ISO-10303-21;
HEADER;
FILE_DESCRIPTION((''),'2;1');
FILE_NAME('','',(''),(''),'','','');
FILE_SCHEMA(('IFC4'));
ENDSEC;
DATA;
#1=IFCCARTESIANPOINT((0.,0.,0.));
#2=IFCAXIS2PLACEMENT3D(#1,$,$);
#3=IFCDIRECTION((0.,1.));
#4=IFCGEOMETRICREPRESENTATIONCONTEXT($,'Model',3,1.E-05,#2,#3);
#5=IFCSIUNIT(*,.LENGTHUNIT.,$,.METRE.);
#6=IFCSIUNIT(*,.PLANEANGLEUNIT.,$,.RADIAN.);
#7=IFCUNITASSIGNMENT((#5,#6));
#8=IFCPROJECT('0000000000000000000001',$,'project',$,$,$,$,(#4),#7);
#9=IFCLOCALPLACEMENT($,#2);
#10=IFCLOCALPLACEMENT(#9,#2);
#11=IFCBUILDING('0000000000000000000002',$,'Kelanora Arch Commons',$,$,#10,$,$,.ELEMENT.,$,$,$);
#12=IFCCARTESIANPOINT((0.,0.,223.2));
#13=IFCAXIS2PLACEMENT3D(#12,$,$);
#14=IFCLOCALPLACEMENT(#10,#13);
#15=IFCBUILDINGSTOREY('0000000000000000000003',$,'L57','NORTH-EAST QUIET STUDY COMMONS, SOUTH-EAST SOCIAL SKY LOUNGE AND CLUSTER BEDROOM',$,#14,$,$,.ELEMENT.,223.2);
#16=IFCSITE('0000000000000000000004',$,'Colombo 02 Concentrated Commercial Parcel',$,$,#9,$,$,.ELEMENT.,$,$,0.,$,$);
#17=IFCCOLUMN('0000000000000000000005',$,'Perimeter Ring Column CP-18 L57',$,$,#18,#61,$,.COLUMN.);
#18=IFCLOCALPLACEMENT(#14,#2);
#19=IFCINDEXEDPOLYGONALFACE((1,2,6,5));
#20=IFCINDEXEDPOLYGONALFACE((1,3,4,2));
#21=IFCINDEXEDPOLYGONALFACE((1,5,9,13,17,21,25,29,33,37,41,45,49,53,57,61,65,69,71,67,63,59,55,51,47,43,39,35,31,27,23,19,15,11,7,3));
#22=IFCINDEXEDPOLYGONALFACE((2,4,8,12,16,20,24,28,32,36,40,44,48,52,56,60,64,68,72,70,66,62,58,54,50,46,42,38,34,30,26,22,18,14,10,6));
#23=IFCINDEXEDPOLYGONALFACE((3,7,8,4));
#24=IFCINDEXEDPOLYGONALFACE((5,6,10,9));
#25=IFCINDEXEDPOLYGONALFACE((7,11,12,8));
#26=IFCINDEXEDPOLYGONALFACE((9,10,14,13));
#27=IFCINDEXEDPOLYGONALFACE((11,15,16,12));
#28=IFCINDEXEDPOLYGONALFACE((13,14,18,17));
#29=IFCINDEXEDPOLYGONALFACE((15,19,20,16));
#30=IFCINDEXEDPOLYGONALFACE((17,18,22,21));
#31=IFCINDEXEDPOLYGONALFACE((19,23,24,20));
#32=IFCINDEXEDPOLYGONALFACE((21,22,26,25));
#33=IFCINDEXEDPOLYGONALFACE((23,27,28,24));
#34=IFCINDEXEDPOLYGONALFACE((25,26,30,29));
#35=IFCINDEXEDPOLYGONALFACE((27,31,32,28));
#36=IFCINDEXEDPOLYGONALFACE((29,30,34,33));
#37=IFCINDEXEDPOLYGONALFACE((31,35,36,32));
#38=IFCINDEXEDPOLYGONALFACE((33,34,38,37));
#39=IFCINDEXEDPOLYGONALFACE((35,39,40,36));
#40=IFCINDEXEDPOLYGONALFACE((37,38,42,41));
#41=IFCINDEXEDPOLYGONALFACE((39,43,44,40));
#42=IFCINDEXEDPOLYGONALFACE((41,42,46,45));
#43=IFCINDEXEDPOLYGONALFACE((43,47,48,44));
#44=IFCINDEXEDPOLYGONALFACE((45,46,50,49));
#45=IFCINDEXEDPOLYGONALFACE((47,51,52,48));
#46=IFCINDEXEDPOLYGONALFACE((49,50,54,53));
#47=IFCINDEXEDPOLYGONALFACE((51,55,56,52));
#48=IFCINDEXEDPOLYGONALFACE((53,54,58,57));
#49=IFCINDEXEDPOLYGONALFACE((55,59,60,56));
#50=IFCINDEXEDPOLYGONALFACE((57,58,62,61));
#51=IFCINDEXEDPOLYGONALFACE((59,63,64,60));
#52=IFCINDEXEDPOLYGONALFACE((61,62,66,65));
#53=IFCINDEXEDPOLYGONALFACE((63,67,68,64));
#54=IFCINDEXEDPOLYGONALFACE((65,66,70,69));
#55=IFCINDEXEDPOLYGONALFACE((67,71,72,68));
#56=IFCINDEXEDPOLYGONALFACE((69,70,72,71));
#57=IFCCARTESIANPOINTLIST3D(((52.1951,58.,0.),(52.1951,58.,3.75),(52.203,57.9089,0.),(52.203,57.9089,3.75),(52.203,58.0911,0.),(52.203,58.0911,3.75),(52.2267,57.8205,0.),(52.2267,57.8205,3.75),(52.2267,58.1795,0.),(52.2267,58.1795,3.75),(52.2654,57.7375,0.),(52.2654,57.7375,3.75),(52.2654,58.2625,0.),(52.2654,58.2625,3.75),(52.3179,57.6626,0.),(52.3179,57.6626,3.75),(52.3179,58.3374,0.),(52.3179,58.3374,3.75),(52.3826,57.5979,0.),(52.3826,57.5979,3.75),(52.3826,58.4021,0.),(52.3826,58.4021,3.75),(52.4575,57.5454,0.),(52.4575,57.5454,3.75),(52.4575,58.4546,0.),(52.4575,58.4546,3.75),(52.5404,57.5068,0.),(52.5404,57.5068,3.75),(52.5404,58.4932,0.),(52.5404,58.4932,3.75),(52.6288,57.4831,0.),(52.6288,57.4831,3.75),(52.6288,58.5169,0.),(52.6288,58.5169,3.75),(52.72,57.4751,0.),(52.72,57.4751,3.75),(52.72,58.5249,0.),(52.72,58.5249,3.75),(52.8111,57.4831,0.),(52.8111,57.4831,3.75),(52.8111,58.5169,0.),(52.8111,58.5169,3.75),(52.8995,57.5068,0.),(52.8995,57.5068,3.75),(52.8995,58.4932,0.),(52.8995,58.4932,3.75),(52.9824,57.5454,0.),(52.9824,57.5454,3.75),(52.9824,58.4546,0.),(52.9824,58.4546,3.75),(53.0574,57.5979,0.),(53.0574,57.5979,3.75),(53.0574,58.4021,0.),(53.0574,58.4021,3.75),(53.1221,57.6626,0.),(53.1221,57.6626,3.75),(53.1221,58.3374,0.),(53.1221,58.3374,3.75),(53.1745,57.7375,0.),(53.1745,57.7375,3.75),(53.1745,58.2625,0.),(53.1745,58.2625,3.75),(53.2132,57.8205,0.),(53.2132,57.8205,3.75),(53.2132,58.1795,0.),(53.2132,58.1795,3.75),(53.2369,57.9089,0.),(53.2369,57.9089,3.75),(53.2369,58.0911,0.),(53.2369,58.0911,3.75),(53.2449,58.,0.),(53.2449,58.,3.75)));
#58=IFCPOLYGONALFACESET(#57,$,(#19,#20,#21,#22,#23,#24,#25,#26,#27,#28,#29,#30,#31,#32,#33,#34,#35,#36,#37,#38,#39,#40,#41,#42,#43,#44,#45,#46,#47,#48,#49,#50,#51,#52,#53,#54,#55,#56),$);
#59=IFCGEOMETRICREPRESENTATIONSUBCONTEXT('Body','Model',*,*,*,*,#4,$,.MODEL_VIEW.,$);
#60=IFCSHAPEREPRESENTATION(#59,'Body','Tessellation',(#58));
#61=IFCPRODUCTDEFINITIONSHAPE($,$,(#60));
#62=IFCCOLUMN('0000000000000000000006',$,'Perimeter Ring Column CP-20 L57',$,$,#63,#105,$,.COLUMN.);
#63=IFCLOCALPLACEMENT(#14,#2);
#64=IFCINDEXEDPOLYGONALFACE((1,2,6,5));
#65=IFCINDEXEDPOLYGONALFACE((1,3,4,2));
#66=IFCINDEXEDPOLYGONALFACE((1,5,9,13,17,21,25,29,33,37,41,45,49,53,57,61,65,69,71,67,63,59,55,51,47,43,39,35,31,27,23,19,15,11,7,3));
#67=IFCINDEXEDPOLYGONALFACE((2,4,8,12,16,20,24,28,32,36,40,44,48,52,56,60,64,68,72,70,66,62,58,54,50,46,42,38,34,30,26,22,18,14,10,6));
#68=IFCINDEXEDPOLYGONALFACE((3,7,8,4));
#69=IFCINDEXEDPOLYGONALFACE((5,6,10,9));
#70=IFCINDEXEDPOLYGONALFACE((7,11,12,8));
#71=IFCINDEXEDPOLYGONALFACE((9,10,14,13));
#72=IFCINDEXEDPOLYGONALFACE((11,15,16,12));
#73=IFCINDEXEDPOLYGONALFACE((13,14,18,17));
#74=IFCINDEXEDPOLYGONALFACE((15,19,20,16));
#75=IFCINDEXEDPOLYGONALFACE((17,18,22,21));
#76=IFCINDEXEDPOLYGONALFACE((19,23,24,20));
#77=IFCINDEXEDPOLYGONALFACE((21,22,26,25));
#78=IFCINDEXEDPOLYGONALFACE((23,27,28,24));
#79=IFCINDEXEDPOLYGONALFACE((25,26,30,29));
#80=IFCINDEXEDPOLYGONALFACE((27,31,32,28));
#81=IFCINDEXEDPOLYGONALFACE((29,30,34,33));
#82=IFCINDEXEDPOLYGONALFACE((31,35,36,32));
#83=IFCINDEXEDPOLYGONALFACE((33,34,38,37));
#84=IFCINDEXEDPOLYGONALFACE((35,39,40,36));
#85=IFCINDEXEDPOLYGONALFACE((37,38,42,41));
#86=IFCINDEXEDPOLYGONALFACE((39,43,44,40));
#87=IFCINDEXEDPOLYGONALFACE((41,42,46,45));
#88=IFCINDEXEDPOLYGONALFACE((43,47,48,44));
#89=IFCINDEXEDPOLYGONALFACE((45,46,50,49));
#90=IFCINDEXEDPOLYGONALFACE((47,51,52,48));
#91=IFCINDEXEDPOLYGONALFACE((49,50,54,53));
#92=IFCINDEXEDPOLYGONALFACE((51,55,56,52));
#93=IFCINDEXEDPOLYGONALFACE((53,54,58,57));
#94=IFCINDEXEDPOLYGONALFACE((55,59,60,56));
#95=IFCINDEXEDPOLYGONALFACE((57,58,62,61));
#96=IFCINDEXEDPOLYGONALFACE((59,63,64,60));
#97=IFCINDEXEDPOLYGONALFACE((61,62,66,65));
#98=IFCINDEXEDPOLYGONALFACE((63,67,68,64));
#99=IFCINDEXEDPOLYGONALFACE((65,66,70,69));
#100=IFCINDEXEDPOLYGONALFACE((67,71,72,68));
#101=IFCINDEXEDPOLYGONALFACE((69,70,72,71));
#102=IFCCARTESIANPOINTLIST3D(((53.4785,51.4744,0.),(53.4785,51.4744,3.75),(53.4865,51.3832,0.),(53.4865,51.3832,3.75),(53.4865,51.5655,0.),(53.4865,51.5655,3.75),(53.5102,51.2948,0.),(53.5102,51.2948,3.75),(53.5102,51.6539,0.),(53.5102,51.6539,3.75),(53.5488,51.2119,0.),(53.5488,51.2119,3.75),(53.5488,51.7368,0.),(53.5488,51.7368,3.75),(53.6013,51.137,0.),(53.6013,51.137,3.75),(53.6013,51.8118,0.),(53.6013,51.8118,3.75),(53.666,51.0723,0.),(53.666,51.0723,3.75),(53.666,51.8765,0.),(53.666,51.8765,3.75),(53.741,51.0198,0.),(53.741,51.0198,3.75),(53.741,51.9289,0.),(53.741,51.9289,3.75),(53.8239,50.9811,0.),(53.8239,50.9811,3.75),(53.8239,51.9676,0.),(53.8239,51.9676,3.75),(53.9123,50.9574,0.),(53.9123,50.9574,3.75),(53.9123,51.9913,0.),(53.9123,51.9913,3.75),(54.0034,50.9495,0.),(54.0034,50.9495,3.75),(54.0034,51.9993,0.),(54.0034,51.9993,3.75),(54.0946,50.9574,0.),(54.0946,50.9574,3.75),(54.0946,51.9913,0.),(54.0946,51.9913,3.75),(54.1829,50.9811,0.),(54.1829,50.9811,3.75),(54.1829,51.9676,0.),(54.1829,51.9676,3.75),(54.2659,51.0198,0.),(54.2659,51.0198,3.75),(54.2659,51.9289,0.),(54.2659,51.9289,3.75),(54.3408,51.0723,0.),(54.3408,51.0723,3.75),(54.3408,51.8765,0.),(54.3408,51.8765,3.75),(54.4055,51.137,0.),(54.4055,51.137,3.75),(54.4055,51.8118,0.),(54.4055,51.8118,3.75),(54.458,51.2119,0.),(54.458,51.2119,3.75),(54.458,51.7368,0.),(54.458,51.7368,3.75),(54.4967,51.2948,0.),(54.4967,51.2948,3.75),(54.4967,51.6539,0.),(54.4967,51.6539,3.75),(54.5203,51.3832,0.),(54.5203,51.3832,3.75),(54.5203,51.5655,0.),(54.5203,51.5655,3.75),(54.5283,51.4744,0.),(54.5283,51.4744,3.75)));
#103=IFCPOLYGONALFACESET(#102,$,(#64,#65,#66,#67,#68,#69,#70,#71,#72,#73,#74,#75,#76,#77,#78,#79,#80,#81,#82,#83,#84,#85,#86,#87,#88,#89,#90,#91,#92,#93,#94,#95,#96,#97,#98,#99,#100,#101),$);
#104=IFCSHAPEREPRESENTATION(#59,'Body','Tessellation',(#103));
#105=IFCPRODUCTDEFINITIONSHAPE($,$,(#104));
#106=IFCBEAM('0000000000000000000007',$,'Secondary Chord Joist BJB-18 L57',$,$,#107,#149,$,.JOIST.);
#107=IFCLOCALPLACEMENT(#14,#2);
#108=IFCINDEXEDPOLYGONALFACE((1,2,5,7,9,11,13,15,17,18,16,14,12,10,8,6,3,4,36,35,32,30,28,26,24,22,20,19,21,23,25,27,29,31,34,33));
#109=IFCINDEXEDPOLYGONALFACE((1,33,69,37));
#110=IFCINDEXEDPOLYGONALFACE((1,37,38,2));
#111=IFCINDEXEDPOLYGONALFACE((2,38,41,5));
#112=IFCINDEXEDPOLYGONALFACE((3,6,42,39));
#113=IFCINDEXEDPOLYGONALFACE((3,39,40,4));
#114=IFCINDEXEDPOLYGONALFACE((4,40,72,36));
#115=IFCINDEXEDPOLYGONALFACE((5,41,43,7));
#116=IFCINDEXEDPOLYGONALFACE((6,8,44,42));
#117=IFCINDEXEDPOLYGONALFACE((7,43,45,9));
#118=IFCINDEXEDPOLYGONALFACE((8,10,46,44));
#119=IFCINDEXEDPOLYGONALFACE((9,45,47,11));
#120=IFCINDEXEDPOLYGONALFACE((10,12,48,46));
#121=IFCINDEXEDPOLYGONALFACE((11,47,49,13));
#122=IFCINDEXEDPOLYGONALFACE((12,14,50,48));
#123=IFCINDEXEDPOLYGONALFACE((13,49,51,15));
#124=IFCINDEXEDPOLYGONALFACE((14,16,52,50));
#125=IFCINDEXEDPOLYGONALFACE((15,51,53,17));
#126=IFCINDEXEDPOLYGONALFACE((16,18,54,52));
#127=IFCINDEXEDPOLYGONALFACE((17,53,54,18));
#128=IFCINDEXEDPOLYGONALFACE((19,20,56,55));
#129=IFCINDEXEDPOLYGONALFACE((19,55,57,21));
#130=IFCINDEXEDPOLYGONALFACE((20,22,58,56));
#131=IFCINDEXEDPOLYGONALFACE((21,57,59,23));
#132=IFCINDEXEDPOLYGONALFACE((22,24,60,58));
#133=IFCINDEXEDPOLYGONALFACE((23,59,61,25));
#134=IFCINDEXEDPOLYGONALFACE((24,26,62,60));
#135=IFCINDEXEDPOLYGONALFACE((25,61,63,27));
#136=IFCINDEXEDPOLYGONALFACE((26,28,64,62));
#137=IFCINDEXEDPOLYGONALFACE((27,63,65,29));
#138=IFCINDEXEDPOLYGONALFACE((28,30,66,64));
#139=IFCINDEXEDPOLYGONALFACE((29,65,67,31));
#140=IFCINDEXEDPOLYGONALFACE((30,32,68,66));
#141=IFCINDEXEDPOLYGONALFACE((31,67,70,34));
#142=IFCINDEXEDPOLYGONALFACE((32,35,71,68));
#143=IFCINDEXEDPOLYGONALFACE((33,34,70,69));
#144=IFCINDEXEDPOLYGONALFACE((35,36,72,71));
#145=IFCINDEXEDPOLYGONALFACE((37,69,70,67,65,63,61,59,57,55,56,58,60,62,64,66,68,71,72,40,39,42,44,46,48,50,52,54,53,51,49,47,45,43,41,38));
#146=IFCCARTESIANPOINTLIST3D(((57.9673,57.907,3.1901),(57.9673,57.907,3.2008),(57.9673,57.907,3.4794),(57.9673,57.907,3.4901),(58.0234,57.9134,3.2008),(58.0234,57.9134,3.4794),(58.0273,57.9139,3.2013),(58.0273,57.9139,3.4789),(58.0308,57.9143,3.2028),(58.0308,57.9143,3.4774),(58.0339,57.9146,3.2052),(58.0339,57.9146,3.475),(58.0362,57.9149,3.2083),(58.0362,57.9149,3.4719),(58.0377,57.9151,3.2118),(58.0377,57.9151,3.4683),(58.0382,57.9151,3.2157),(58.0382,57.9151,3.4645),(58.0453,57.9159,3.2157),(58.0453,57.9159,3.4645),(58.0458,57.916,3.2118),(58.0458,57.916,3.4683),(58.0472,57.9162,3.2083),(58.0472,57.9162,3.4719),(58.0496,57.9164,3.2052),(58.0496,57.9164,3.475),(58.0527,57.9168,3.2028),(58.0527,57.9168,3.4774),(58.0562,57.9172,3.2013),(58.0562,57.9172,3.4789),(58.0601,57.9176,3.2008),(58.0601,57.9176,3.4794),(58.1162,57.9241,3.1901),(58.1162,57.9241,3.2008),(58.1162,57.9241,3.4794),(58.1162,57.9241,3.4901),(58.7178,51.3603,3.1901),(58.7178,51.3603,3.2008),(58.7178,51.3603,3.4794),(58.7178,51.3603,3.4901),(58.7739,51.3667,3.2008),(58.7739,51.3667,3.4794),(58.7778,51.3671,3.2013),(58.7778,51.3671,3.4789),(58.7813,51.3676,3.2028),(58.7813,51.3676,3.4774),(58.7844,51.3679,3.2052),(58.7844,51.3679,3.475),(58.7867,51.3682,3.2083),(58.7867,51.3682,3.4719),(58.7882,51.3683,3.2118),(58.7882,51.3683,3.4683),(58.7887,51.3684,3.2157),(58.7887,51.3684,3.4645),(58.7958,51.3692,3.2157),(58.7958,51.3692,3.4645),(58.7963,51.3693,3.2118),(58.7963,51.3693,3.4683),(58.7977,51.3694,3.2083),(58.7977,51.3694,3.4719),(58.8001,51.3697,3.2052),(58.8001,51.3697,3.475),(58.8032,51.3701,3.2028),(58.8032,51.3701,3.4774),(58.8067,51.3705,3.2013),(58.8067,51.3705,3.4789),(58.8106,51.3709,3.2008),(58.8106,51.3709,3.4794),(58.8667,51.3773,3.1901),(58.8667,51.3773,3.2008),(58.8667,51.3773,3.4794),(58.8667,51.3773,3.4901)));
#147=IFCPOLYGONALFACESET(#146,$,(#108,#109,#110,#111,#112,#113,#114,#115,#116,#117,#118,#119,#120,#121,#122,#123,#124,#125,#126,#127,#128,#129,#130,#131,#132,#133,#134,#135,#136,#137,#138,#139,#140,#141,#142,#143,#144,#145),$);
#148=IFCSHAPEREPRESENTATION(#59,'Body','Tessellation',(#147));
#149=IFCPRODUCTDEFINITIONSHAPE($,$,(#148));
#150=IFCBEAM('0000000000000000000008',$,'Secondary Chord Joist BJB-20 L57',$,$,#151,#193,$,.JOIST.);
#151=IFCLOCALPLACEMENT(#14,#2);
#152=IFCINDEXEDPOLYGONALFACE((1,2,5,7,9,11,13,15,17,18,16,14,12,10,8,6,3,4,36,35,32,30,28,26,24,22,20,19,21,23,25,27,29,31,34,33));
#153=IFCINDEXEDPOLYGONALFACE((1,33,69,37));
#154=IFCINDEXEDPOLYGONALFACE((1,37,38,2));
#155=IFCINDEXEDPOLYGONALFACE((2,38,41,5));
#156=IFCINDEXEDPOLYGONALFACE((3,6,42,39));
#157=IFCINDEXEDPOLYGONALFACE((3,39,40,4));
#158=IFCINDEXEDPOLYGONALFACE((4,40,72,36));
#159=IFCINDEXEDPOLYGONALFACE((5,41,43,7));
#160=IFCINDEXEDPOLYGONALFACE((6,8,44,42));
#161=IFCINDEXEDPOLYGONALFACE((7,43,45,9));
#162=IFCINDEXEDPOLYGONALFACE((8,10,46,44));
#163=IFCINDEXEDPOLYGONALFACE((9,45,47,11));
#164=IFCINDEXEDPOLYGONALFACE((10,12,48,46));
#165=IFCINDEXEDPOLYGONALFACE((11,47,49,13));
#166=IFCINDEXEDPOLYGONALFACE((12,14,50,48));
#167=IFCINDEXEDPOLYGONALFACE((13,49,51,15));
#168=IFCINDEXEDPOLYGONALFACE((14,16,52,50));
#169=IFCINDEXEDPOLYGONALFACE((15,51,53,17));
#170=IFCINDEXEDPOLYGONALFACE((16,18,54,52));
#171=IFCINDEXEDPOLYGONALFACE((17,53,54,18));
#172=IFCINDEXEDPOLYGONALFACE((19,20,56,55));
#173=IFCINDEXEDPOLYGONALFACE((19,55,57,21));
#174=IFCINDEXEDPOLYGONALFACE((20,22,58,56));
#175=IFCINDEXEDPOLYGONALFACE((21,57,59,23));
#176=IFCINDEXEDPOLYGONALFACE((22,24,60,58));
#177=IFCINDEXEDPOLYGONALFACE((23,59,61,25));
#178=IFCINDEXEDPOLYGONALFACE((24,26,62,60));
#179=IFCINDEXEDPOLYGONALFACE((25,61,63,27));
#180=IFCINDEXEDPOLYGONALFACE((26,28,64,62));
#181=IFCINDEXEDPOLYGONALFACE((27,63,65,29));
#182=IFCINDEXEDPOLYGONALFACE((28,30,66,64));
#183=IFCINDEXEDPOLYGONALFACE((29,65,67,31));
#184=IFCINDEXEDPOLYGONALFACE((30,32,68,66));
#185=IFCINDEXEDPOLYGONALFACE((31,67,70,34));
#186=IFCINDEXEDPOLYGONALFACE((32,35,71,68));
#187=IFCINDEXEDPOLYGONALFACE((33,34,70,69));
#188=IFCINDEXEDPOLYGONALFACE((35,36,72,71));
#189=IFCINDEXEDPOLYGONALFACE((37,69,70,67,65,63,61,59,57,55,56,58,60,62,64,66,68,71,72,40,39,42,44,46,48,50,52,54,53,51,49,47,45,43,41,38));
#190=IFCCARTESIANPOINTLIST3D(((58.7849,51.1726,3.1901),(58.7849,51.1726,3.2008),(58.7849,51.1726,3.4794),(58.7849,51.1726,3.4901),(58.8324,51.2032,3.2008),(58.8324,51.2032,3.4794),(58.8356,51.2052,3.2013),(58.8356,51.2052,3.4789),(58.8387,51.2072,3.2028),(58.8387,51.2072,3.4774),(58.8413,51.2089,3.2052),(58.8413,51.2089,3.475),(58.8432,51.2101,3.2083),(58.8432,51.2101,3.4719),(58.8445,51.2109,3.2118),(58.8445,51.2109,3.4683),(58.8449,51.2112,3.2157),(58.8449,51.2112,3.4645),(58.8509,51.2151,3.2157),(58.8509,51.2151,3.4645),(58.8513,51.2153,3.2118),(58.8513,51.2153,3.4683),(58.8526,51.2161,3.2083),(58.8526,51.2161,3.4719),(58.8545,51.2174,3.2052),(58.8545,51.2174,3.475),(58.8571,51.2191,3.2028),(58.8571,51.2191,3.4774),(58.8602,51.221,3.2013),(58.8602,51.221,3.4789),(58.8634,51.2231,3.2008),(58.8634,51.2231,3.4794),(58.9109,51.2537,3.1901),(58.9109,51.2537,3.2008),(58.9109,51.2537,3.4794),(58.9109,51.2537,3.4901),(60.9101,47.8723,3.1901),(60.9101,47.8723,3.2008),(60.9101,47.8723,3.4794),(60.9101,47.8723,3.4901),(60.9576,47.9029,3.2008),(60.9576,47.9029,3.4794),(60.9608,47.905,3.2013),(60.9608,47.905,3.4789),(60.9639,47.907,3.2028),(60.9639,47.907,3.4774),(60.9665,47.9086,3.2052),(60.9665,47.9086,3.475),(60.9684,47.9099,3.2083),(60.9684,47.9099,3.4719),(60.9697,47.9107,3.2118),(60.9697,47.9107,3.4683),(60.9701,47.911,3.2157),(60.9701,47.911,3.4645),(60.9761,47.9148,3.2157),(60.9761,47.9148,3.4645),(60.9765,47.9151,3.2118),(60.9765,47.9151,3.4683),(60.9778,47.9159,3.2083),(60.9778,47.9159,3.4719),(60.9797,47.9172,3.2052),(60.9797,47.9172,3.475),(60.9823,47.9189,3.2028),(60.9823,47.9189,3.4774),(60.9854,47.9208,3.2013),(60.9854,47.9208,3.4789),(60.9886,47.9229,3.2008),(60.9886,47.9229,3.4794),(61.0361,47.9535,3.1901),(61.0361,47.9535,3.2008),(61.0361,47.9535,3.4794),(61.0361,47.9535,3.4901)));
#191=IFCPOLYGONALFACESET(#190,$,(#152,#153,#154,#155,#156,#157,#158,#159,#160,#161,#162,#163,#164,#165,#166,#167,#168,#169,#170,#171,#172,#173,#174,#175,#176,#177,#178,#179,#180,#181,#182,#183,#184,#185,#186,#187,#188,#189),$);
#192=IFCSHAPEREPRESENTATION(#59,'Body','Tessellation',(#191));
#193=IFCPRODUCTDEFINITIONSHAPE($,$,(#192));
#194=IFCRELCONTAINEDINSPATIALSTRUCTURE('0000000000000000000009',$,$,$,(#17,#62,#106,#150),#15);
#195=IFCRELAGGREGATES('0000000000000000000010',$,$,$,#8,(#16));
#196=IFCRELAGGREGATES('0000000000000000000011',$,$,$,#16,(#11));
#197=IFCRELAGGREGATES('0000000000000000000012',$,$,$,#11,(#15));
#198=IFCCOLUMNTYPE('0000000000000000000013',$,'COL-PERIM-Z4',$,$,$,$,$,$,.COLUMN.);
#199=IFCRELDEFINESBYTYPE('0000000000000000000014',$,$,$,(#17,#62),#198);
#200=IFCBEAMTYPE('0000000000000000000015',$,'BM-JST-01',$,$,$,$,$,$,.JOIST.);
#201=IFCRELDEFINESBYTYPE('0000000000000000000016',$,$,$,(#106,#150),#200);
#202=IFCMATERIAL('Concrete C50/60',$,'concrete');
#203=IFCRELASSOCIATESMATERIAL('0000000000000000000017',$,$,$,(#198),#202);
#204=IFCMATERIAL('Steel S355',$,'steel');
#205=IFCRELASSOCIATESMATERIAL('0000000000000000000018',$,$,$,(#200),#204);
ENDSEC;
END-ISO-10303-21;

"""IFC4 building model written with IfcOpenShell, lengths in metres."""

from ifc_helpers import new_model, si_unit, direction, frame, origin, origin_2d, place, context, subcontext, project, spatial, circle, i_section, extrude, material, material_profile, profile_set, type_object, element, save


model = new_model("IFC4")

# Units and contexts
model_context = context("Model", 3, precision=1e-05, world=origin(), true_north=direction((0.0, 1.0)))
body_context = subcontext(model_context, "Body", "Model", "MODEL_VIEW")
ifc_project = project(units=[si_unit("LENGTHUNIT", "METRE"), si_unit("PLANEANGLEUNIT", "RADIAN")], contexts=[model_context])

# Site, building, storey
site_placement = place(None, origin())
site = spatial("IfcSite", under=ifc_project, at=site_placement, Name="Colombo 02 Concentrated Commercial Parcel", CompositionType="ELEMENT", RefElevation=0.0)
building_placement = place(site_placement, origin())
building = spatial("IfcBuilding", under=site, at=building_placement, Name="Kelanora Arch Commons", CompositionType="ELEMENT")
storey_placement = place(building_placement, frame((0.0, 0.0, 223.2)))
storey = spatial("IfcBuildingStorey", under=building, at=storey_placement, Name="L57", Description="NORTH-EAST QUIET STUDY COMMONS, SOUTH-EAST SOCIAL SKY LOUNGE AND CLUSTER BEDROOM", CompositionType="ELEMENT", Elevation=223.2)

# Columns
ifc_material_1 = material(Name="Concrete C50/60", Category="concrete")
ifc_material_profile_1 = material_profile(ifc_material_1, circle(Radius=0.5249, at=origin_2d()), Name="RCC1050")
ifc_profile_set_1 = profile_set([ifc_material_profile_1], Name="Concrete C50/60")
column_type = type_object("IfcColumnType", Name="COL-PERIM-Z4", PredefinedType="COLUMN", material=ifc_profile_set_1)
for number, where, z_axis, x_axis, name in (
    (1, (52.72, 58.0, 0.0), (0.0, 0.0, 1.0), (1.0, 0.0, 0.0), "Perimeter Ring Column CP-18 L57"),
    (2, (54.0034, 51.4744, 0.0), (0.0, 0.0, 1.0), (1.0, 0.0, 0.0), "Perimeter Ring Column CP-20 L57"),
):
    element("IfcColumn", number, at=place(storey_placement, frame(where, z_axis=z_axis, x_axis=x_axis)), inside=storey, type_object=column_type, Name=name, PredefinedType="COLUMN", context=body_context, shape_type="SweptSolid", body=[
        extrude(circle(Radius=0.5249, at=origin_2d()), origin(), (0.0, 0.0, 1.0), 3.75),
    ])

# Beams
ifc_material_2 = material(Name="Steel S355", Category="steel")
ifc_material_profile_2 = material_profile(ifc_material_2, i_section(OverallWidth=0.1499, OverallDepth=0.3, WebThickness=0.0071, FlangeThickness=0.0107, FilletRadius=0.0149, at=origin_2d()), Name="IPE300")
ifc_profile_set_2 = profile_set([ifc_material_profile_2], Name="Steel S355")
beam_type_1 = type_object("IfcBeamType", Name="BM-JST-01", PredefinedType="JOIST", material=ifc_profile_set_2)
beam_1_placement = place(storey_placement, frame((58.0417, 57.9155, 3.3401), z_axis=(0.113891, -0.993493, 0.0), x_axis=(0.993493, 0.113891, 0.0)))
element("IfcBeam", 3, at=beam_1_placement, inside=storey, type_object=beam_type_1, Name="Secondary Chord Joist BJB-18 L57", PredefinedType="JOIST", context=body_context, shape_type="SweptSolid", body=[
    extrude(i_section(OverallWidth=0.1499, OverallDepth=0.3, WebThickness=0.0071, FlangeThickness=0.0107, FilletRadius=0.0149, at=origin_2d()), origin(), (0.0, 0.0, 1.0), 6.5896),
])
beam_2_placement = place(storey_placement, frame((58.8479, 51.2131, 3.3401), z_axis=(0.541411, -0.840758, 0.0), x_axis=(0.840758, 0.541411, 0.0)))
element("IfcBeam", 4, at=beam_2_placement, inside=storey, type_object=beam_type_1, Name="Secondary Chord Joist BJB-20 L57", PredefinedType="JOIST", context=body_context, shape_type="SweptSolid", body=[
    extrude(i_section(OverallWidth=0.1499, OverallDepth=0.3, WebThickness=0.0071, FlangeThickness=0.0107, FilletRadius=0.0149, at=origin_2d()), origin(), (0.0, 0.0, 1.0), 3.9253),
])

save(model, "model.ifc")
